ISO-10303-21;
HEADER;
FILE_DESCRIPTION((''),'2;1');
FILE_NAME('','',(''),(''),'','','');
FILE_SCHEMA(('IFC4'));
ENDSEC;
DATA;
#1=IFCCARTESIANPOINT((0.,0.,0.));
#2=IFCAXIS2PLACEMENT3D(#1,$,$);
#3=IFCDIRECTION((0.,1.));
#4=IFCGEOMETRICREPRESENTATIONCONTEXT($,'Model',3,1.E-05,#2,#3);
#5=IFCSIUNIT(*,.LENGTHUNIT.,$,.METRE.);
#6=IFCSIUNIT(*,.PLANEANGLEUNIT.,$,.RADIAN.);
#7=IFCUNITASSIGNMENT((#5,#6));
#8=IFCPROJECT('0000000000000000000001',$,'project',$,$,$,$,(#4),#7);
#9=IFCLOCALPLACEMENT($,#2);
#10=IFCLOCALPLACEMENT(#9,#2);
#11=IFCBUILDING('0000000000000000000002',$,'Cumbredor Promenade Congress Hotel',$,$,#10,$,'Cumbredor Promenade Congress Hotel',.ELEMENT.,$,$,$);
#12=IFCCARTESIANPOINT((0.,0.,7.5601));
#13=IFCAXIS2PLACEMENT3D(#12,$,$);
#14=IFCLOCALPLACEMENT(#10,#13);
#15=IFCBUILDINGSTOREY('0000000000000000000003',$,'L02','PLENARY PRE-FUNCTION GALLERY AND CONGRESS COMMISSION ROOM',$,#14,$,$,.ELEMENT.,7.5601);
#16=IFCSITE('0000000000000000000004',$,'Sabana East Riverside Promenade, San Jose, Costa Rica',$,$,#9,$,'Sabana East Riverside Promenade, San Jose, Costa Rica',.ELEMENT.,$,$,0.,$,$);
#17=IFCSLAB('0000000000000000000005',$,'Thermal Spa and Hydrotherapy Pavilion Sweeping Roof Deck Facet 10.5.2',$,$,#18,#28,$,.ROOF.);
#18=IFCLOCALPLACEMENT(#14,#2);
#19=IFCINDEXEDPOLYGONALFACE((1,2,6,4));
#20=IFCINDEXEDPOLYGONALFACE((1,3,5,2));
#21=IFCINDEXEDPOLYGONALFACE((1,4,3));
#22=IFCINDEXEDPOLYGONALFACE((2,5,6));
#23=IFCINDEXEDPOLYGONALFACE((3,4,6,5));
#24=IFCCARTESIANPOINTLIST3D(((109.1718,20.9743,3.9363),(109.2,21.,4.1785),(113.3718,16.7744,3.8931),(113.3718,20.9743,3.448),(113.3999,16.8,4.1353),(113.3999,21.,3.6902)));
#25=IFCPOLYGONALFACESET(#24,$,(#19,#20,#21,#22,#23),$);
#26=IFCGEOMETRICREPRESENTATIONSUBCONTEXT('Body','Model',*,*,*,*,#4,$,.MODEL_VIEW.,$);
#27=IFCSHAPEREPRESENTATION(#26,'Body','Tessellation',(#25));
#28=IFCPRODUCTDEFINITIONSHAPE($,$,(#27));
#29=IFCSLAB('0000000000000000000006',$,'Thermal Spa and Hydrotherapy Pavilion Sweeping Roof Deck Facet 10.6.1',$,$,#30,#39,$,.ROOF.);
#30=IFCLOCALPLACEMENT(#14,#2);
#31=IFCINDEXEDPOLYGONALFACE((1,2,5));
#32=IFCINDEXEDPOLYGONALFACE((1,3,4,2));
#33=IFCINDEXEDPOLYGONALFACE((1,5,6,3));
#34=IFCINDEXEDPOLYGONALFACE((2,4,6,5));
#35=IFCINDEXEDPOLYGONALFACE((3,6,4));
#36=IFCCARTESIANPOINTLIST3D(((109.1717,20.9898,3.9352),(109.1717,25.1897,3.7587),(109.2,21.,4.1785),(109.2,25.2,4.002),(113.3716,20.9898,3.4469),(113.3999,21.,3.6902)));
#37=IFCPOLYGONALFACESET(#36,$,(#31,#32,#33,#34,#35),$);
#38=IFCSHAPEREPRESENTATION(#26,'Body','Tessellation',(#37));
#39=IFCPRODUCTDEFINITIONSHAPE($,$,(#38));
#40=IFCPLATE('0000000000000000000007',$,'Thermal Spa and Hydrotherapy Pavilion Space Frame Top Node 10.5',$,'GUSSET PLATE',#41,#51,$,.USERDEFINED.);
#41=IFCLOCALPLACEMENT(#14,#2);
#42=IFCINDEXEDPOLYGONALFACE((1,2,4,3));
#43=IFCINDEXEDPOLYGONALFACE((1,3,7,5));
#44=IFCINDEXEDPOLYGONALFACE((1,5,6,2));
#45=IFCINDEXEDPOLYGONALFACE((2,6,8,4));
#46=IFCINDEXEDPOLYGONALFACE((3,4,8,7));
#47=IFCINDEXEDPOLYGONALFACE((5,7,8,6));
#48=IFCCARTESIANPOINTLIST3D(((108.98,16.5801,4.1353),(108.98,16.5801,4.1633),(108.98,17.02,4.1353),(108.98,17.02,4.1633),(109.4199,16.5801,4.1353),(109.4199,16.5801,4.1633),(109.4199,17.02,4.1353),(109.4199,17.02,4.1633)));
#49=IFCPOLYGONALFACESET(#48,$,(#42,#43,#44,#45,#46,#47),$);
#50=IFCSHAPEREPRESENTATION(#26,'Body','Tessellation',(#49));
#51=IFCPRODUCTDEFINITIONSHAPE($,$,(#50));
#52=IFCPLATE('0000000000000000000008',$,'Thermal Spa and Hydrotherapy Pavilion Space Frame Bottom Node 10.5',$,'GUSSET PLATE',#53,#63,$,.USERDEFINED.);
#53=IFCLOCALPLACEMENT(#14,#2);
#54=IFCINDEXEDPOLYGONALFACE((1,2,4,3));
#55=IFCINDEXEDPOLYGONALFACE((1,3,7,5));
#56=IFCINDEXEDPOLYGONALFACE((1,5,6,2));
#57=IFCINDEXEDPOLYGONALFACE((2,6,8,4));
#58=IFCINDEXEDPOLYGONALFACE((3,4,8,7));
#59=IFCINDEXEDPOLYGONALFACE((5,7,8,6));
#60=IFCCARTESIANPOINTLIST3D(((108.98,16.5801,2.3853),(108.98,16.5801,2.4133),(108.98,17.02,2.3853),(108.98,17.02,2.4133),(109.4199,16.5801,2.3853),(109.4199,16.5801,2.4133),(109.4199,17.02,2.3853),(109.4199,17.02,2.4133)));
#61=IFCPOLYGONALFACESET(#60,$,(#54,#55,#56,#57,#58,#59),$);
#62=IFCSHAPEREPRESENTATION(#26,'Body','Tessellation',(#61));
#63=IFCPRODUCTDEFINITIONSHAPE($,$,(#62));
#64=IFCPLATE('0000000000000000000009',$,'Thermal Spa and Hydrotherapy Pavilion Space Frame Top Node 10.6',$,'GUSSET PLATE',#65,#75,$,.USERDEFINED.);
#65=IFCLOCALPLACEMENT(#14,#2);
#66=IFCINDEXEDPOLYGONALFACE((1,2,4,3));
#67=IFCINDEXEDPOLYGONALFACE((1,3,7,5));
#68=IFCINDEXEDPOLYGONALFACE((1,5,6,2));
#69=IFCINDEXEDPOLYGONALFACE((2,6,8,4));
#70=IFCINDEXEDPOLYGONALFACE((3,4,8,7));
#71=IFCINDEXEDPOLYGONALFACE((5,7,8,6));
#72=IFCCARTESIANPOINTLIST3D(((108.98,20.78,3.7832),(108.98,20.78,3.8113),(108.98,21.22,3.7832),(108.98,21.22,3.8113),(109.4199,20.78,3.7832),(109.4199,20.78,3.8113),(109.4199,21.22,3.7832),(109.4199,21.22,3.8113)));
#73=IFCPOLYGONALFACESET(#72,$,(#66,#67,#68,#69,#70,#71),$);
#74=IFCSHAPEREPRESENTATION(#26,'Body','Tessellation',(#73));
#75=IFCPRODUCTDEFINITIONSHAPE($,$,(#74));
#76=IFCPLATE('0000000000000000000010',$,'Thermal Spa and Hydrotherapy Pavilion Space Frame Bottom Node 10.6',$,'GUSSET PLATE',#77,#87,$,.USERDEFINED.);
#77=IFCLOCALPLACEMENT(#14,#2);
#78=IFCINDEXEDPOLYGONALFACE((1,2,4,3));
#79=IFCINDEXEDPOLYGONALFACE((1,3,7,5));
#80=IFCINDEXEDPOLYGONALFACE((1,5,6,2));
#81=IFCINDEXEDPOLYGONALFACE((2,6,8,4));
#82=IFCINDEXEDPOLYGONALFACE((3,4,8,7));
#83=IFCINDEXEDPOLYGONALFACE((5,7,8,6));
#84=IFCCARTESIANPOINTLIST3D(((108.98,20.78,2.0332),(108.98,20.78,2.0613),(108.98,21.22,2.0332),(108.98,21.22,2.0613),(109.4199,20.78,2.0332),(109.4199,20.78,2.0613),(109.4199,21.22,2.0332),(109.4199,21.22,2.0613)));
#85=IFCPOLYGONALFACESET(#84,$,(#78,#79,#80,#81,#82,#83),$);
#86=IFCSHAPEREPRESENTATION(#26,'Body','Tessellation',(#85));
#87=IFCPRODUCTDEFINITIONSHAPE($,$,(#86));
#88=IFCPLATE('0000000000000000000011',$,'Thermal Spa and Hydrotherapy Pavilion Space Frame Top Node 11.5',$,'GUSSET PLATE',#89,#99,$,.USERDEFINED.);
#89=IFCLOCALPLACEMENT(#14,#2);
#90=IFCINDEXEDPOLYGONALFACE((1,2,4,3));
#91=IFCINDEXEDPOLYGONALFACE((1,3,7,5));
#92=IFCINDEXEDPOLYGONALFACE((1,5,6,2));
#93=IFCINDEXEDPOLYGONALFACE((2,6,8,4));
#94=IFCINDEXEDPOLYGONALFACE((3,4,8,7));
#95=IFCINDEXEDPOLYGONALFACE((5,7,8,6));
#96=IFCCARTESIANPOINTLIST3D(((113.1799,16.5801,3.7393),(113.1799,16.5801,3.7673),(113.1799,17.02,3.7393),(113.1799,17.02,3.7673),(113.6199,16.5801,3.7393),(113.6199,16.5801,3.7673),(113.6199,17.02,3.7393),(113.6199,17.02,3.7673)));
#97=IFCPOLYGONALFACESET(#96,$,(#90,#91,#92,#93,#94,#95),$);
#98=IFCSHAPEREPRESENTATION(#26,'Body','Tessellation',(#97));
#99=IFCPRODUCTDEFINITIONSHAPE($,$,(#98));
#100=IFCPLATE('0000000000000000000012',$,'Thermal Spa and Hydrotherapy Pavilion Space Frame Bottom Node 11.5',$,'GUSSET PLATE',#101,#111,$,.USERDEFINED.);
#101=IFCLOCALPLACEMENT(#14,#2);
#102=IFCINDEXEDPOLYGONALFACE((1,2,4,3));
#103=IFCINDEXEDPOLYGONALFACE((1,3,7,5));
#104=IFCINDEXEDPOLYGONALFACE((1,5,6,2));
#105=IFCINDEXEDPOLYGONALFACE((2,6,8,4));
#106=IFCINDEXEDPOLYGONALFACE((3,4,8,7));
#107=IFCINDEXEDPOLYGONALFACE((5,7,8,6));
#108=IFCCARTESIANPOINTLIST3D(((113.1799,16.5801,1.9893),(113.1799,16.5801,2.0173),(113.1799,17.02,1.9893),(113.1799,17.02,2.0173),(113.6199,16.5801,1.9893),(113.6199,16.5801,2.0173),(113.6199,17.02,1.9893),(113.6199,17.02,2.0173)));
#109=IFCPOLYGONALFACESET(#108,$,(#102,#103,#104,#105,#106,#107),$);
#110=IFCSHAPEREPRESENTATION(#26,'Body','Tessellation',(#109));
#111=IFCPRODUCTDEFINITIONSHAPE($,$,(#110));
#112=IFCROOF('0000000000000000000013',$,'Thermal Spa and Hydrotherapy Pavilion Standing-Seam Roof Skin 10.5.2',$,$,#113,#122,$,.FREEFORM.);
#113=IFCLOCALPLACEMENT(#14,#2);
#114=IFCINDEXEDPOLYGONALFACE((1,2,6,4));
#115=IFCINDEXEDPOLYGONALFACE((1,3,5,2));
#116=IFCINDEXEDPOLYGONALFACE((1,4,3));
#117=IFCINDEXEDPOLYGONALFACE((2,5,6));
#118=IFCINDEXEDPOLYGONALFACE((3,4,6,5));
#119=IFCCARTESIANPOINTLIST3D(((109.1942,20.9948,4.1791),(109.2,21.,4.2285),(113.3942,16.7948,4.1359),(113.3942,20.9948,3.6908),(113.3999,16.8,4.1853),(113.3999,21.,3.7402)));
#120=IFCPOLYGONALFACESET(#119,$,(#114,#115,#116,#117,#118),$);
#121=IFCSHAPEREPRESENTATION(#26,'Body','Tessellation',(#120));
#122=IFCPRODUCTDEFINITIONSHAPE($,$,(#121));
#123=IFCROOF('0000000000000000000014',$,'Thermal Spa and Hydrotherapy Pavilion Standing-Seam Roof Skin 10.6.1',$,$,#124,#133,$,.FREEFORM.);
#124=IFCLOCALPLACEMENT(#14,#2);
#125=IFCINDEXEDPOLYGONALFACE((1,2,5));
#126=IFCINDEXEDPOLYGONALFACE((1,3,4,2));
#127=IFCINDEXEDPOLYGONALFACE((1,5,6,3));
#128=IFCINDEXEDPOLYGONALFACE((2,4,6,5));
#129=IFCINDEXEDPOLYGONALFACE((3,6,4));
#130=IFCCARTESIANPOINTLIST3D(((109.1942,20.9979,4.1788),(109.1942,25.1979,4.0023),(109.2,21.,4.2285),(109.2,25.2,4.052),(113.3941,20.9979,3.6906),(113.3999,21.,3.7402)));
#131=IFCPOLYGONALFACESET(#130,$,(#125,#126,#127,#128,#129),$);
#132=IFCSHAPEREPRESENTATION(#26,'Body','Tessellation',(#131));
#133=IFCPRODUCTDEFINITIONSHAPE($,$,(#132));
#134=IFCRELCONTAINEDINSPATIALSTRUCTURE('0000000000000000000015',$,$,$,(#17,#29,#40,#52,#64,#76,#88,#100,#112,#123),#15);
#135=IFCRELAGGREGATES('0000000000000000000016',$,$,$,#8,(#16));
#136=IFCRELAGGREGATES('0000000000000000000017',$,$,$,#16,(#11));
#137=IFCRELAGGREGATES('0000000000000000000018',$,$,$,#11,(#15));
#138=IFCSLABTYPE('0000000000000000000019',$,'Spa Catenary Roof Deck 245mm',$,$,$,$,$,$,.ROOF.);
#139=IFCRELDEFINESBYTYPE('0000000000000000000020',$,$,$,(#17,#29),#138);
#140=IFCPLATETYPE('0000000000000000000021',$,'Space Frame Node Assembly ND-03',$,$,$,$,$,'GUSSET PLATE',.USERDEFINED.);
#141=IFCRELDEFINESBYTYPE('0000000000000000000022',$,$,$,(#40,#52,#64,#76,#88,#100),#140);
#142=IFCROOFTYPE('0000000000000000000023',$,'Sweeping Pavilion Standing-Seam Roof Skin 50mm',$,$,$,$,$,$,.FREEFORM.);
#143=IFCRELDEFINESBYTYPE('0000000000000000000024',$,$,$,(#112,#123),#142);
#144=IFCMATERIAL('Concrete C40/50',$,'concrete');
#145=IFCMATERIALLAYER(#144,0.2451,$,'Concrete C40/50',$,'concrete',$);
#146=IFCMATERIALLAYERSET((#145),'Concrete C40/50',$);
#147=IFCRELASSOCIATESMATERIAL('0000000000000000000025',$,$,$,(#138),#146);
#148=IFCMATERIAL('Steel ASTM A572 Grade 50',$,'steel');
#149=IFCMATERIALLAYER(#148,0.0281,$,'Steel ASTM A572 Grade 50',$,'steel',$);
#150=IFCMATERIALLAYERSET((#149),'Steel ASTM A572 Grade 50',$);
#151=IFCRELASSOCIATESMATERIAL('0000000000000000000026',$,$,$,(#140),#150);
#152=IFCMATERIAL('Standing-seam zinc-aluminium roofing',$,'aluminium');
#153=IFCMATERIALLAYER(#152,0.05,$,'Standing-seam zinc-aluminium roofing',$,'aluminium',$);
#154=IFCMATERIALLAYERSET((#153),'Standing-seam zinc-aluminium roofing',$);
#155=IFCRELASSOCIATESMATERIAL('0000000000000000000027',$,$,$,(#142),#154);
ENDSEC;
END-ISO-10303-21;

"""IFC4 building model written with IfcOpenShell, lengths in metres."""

from ifc_helpers import new_model, si_unit, direction, frame, origin, origin_2d, place, context, subcontext, project, spatial, polyline, rectangle, outline, extrude, material, layer, layer_set, type_object, element, save


model = new_model("IFC4")

# Units and contexts
model_context = context("Model", 3, precision=1e-05, world=origin(), true_north=direction((0.0, 1.0)))
body_context = subcontext(model_context, "Body", "Model", "MODEL_VIEW")
ifc_project = project(units=[si_unit("LENGTHUNIT", "METRE"), si_unit("PLANEANGLEUNIT", "RADIAN")], contexts=[model_context])

# Site, building, storey
site_placement = place(None, origin())
site = spatial("IfcSite", under=ifc_project, at=site_placement, Name="Sabana East Riverside Promenade, San Jose, Costa Rica", LongName="Sabana East Riverside Promenade, San Jose, Costa Rica", CompositionType="ELEMENT", RefElevation=0.0)
building_placement = place(site_placement, origin())
building = spatial("IfcBuilding", under=site, at=building_placement, Name="Cumbredor Promenade Congress Hotel", LongName="Cumbredor Promenade Congress Hotel", CompositionType="ELEMENT")
storey_placement = place(building_placement, frame((0.0, 0.0, 7.5601)))
storey = spatial("IfcBuildingStorey", under=building, at=storey_placement, Name="L02", Description="PLENARY PRE-FUNCTION GALLERY AND CONGRESS COMMISSION ROOM", CompositionType="ELEMENT", Elevation=7.5601)

# Slabs
ifc_material_1 = material(Name="Concrete C40/50", Category="concrete")
ifc_layer_1 = layer(ifc_material_1, 0.2451, Name="Concrete C40/50", Category="concrete")
ifc_layer_set_1 = layer_set([ifc_layer_1], Name="Concrete C40/50")
slab_type = type_object("IfcSlabType", Name="Spa Catenary Roof Deck 245mm", PredefinedType="ROOF", material=ifc_layer_set_1)
slab_1_placement = place(storey_placement, frame((113.3999, 16.8, 4.1353), z_axis=(0.114846, 0.104683, 0.987852), x_axis=(0.0, 0.994432, -0.10538)))
element("IfcSlab", 1, at=slab_1_placement, inside=storey, type_object=slab_type, Name="Thermal Spa and Hydrotherapy Pavilion Sweeping Roof Deck Facet 10.5.2", PredefinedType="ROOF", context=body_context, shape_type="SweptSolid", body=[
    extrude(outline(polyline([(0.0, 0.0), (4.2235, 0.0), (4.172, 4.2279), (0.0, 0.0)])), origin(), (0.0, 0.0, -1.0), 0.2451),
])
slab_2_placement = place(storey_placement, frame((109.2, 21.0, 4.1785), z_axis=(0.11538, 0.04171, 0.992445), x_axis=(0.99331, 0.0, -0.115481)))
element("IfcSlab", 2, at=slab_2_placement, inside=storey, type_object=slab_type, Name="Thermal Spa and Hydrotherapy Pavilion Sweeping Roof Deck Facet 10.6.1", PredefinedType="ROOF", context=body_context, shape_type="SweptSolid", body=[
    extrude(outline(polyline([(0.0, 0.0), (4.2282, 0.0), (0.0204, 4.2036), (0.0, 0.0)])), origin(), (0.0, 0.0, -1.0), 0.2451),
])

# Plates
ifc_material_2 = material(Name="Steel ASTM A572 Grade 50", Category="steel")
ifc_layer_2 = layer(ifc_material_2, 0.0281, Name="Steel ASTM A572 Grade 50", Category="steel")
ifc_layer_set_2 = layer_set([ifc_layer_2], Name="Steel ASTM A572 Grade 50")
plate_type_1 = type_object("IfcPlateType", Name="Space Frame Node Assembly ND-03", ElementType="GUSSET PLATE", PredefinedType="USERDEFINED", material=ifc_layer_set_2)
for number, where, z_axis, x_axis, name in (
    (3, (109.2, 16.8, 4.1353), (0.0, 0.0, 1.0), (1.0, 0.0, 0.0), "Thermal Spa and Hydrotherapy Pavilion Space Frame Top Node 10.5"),
    (4, (109.2, 16.8, 2.3853), (0.0, 0.0, 1.0), (1.0, 0.0, 0.0), "Thermal Spa and Hydrotherapy Pavilion Space Frame Bottom Node 10.5"),
    (5, (109.2, 21.0, 3.7832), (0.0, 0.0, 1.0), (1.0, 0.0, 0.0), "Thermal Spa and Hydrotherapy Pavilion Space Frame Top Node 10.6"),
    (6, (109.2, 21.0, 2.0332), (0.0, 0.0, 1.0), (1.0, 0.0, 0.0), "Thermal Spa and Hydrotherapy Pavilion Space Frame Bottom Node 10.6"),
    (7, (113.3999, 16.8, 3.7393), (0.0, 0.0, 1.0), (1.0, 0.0, 0.0), "Thermal Spa and Hydrotherapy Pavilion Space Frame Top Node 11.5"),
    (8, (113.3999, 16.8, 1.9893), (0.0, 0.0, 1.0), (1.0, 0.0, 0.0), "Thermal Spa and Hydrotherapy Pavilion Space Frame Bottom Node 11.5"),
):
    element("IfcPlate", number, at=place(storey_placement, frame(where, z_axis=z_axis, x_axis=x_axis)), inside=storey, type_object=plate_type_1, Name=name, ObjectType="GUSSET PLATE", PredefinedType="USERDEFINED", context=body_context, shape_type="SweptSolid", body=[
        extrude(rectangle(XDim=0.4399, YDim=0.4399, at=origin_2d()), origin(), (0.0, 0.0, 1.0), 0.0281),
    ])

# Roofs
ifc_material_3 = material(Name="Standing-seam zinc-aluminium roofing", Category="aluminium")
ifc_layer_3 = layer(ifc_material_3, 0.05, Name="Standing-seam zinc-aluminium roofing", Category="aluminium")
ifc_layer_set_3 = layer_set([ifc_layer_3], Name="Standing-seam zinc-aluminium roofing")
roof_type = type_object("IfcRoofType", Name="Sweeping Pavilion Standing-Seam Roof Skin 50mm", PredefinedType="FREEFORM", material=ifc_layer_set_3)
roof_1_placement = place(storey_placement, frame((113.3999, 16.8, 4.1853), z_axis=(0.114846, 0.104683, 0.987852), x_axis=(0.0, 0.994432, -0.10538)))
element("IfcRoof", 9, at=roof_1_placement, inside=storey, type_object=roof_type, Name="Thermal Spa and Hydrotherapy Pavilion Standing-Seam Roof Skin 10.5.2", PredefinedType="FREEFORM", context=body_context, shape_type="SweptSolid", body=[
    extrude(outline(polyline([(0.0, 0.0), (4.2235, 0.0), (4.172, 4.2279), (0.0, 0.0)])), origin(), (0.0, 0.0, -1.0), 0.05),
])
roof_2_placement = place(storey_placement, frame((109.2, 21.0, 4.2285), z_axis=(0.11538, 0.04171, 0.992445), x_axis=(0.99331, 0.0, -0.115481)))
element("IfcRoof", 10, at=roof_2_placement, inside=storey, type_object=roof_type, Name="Thermal Spa and Hydrotherapy Pavilion Standing-Seam Roof Skin 10.6.1", PredefinedType="FREEFORM", context=body_context, shape_type="SweptSolid", body=[
    extrude(outline(polyline([(0.0, 0.0), (4.2282, 0.0), (0.0204, 4.2036), (0.0, 0.0)])), origin(), (0.0, 0.0, -1.0), 0.05),
])

save(model, "model.ifc")
